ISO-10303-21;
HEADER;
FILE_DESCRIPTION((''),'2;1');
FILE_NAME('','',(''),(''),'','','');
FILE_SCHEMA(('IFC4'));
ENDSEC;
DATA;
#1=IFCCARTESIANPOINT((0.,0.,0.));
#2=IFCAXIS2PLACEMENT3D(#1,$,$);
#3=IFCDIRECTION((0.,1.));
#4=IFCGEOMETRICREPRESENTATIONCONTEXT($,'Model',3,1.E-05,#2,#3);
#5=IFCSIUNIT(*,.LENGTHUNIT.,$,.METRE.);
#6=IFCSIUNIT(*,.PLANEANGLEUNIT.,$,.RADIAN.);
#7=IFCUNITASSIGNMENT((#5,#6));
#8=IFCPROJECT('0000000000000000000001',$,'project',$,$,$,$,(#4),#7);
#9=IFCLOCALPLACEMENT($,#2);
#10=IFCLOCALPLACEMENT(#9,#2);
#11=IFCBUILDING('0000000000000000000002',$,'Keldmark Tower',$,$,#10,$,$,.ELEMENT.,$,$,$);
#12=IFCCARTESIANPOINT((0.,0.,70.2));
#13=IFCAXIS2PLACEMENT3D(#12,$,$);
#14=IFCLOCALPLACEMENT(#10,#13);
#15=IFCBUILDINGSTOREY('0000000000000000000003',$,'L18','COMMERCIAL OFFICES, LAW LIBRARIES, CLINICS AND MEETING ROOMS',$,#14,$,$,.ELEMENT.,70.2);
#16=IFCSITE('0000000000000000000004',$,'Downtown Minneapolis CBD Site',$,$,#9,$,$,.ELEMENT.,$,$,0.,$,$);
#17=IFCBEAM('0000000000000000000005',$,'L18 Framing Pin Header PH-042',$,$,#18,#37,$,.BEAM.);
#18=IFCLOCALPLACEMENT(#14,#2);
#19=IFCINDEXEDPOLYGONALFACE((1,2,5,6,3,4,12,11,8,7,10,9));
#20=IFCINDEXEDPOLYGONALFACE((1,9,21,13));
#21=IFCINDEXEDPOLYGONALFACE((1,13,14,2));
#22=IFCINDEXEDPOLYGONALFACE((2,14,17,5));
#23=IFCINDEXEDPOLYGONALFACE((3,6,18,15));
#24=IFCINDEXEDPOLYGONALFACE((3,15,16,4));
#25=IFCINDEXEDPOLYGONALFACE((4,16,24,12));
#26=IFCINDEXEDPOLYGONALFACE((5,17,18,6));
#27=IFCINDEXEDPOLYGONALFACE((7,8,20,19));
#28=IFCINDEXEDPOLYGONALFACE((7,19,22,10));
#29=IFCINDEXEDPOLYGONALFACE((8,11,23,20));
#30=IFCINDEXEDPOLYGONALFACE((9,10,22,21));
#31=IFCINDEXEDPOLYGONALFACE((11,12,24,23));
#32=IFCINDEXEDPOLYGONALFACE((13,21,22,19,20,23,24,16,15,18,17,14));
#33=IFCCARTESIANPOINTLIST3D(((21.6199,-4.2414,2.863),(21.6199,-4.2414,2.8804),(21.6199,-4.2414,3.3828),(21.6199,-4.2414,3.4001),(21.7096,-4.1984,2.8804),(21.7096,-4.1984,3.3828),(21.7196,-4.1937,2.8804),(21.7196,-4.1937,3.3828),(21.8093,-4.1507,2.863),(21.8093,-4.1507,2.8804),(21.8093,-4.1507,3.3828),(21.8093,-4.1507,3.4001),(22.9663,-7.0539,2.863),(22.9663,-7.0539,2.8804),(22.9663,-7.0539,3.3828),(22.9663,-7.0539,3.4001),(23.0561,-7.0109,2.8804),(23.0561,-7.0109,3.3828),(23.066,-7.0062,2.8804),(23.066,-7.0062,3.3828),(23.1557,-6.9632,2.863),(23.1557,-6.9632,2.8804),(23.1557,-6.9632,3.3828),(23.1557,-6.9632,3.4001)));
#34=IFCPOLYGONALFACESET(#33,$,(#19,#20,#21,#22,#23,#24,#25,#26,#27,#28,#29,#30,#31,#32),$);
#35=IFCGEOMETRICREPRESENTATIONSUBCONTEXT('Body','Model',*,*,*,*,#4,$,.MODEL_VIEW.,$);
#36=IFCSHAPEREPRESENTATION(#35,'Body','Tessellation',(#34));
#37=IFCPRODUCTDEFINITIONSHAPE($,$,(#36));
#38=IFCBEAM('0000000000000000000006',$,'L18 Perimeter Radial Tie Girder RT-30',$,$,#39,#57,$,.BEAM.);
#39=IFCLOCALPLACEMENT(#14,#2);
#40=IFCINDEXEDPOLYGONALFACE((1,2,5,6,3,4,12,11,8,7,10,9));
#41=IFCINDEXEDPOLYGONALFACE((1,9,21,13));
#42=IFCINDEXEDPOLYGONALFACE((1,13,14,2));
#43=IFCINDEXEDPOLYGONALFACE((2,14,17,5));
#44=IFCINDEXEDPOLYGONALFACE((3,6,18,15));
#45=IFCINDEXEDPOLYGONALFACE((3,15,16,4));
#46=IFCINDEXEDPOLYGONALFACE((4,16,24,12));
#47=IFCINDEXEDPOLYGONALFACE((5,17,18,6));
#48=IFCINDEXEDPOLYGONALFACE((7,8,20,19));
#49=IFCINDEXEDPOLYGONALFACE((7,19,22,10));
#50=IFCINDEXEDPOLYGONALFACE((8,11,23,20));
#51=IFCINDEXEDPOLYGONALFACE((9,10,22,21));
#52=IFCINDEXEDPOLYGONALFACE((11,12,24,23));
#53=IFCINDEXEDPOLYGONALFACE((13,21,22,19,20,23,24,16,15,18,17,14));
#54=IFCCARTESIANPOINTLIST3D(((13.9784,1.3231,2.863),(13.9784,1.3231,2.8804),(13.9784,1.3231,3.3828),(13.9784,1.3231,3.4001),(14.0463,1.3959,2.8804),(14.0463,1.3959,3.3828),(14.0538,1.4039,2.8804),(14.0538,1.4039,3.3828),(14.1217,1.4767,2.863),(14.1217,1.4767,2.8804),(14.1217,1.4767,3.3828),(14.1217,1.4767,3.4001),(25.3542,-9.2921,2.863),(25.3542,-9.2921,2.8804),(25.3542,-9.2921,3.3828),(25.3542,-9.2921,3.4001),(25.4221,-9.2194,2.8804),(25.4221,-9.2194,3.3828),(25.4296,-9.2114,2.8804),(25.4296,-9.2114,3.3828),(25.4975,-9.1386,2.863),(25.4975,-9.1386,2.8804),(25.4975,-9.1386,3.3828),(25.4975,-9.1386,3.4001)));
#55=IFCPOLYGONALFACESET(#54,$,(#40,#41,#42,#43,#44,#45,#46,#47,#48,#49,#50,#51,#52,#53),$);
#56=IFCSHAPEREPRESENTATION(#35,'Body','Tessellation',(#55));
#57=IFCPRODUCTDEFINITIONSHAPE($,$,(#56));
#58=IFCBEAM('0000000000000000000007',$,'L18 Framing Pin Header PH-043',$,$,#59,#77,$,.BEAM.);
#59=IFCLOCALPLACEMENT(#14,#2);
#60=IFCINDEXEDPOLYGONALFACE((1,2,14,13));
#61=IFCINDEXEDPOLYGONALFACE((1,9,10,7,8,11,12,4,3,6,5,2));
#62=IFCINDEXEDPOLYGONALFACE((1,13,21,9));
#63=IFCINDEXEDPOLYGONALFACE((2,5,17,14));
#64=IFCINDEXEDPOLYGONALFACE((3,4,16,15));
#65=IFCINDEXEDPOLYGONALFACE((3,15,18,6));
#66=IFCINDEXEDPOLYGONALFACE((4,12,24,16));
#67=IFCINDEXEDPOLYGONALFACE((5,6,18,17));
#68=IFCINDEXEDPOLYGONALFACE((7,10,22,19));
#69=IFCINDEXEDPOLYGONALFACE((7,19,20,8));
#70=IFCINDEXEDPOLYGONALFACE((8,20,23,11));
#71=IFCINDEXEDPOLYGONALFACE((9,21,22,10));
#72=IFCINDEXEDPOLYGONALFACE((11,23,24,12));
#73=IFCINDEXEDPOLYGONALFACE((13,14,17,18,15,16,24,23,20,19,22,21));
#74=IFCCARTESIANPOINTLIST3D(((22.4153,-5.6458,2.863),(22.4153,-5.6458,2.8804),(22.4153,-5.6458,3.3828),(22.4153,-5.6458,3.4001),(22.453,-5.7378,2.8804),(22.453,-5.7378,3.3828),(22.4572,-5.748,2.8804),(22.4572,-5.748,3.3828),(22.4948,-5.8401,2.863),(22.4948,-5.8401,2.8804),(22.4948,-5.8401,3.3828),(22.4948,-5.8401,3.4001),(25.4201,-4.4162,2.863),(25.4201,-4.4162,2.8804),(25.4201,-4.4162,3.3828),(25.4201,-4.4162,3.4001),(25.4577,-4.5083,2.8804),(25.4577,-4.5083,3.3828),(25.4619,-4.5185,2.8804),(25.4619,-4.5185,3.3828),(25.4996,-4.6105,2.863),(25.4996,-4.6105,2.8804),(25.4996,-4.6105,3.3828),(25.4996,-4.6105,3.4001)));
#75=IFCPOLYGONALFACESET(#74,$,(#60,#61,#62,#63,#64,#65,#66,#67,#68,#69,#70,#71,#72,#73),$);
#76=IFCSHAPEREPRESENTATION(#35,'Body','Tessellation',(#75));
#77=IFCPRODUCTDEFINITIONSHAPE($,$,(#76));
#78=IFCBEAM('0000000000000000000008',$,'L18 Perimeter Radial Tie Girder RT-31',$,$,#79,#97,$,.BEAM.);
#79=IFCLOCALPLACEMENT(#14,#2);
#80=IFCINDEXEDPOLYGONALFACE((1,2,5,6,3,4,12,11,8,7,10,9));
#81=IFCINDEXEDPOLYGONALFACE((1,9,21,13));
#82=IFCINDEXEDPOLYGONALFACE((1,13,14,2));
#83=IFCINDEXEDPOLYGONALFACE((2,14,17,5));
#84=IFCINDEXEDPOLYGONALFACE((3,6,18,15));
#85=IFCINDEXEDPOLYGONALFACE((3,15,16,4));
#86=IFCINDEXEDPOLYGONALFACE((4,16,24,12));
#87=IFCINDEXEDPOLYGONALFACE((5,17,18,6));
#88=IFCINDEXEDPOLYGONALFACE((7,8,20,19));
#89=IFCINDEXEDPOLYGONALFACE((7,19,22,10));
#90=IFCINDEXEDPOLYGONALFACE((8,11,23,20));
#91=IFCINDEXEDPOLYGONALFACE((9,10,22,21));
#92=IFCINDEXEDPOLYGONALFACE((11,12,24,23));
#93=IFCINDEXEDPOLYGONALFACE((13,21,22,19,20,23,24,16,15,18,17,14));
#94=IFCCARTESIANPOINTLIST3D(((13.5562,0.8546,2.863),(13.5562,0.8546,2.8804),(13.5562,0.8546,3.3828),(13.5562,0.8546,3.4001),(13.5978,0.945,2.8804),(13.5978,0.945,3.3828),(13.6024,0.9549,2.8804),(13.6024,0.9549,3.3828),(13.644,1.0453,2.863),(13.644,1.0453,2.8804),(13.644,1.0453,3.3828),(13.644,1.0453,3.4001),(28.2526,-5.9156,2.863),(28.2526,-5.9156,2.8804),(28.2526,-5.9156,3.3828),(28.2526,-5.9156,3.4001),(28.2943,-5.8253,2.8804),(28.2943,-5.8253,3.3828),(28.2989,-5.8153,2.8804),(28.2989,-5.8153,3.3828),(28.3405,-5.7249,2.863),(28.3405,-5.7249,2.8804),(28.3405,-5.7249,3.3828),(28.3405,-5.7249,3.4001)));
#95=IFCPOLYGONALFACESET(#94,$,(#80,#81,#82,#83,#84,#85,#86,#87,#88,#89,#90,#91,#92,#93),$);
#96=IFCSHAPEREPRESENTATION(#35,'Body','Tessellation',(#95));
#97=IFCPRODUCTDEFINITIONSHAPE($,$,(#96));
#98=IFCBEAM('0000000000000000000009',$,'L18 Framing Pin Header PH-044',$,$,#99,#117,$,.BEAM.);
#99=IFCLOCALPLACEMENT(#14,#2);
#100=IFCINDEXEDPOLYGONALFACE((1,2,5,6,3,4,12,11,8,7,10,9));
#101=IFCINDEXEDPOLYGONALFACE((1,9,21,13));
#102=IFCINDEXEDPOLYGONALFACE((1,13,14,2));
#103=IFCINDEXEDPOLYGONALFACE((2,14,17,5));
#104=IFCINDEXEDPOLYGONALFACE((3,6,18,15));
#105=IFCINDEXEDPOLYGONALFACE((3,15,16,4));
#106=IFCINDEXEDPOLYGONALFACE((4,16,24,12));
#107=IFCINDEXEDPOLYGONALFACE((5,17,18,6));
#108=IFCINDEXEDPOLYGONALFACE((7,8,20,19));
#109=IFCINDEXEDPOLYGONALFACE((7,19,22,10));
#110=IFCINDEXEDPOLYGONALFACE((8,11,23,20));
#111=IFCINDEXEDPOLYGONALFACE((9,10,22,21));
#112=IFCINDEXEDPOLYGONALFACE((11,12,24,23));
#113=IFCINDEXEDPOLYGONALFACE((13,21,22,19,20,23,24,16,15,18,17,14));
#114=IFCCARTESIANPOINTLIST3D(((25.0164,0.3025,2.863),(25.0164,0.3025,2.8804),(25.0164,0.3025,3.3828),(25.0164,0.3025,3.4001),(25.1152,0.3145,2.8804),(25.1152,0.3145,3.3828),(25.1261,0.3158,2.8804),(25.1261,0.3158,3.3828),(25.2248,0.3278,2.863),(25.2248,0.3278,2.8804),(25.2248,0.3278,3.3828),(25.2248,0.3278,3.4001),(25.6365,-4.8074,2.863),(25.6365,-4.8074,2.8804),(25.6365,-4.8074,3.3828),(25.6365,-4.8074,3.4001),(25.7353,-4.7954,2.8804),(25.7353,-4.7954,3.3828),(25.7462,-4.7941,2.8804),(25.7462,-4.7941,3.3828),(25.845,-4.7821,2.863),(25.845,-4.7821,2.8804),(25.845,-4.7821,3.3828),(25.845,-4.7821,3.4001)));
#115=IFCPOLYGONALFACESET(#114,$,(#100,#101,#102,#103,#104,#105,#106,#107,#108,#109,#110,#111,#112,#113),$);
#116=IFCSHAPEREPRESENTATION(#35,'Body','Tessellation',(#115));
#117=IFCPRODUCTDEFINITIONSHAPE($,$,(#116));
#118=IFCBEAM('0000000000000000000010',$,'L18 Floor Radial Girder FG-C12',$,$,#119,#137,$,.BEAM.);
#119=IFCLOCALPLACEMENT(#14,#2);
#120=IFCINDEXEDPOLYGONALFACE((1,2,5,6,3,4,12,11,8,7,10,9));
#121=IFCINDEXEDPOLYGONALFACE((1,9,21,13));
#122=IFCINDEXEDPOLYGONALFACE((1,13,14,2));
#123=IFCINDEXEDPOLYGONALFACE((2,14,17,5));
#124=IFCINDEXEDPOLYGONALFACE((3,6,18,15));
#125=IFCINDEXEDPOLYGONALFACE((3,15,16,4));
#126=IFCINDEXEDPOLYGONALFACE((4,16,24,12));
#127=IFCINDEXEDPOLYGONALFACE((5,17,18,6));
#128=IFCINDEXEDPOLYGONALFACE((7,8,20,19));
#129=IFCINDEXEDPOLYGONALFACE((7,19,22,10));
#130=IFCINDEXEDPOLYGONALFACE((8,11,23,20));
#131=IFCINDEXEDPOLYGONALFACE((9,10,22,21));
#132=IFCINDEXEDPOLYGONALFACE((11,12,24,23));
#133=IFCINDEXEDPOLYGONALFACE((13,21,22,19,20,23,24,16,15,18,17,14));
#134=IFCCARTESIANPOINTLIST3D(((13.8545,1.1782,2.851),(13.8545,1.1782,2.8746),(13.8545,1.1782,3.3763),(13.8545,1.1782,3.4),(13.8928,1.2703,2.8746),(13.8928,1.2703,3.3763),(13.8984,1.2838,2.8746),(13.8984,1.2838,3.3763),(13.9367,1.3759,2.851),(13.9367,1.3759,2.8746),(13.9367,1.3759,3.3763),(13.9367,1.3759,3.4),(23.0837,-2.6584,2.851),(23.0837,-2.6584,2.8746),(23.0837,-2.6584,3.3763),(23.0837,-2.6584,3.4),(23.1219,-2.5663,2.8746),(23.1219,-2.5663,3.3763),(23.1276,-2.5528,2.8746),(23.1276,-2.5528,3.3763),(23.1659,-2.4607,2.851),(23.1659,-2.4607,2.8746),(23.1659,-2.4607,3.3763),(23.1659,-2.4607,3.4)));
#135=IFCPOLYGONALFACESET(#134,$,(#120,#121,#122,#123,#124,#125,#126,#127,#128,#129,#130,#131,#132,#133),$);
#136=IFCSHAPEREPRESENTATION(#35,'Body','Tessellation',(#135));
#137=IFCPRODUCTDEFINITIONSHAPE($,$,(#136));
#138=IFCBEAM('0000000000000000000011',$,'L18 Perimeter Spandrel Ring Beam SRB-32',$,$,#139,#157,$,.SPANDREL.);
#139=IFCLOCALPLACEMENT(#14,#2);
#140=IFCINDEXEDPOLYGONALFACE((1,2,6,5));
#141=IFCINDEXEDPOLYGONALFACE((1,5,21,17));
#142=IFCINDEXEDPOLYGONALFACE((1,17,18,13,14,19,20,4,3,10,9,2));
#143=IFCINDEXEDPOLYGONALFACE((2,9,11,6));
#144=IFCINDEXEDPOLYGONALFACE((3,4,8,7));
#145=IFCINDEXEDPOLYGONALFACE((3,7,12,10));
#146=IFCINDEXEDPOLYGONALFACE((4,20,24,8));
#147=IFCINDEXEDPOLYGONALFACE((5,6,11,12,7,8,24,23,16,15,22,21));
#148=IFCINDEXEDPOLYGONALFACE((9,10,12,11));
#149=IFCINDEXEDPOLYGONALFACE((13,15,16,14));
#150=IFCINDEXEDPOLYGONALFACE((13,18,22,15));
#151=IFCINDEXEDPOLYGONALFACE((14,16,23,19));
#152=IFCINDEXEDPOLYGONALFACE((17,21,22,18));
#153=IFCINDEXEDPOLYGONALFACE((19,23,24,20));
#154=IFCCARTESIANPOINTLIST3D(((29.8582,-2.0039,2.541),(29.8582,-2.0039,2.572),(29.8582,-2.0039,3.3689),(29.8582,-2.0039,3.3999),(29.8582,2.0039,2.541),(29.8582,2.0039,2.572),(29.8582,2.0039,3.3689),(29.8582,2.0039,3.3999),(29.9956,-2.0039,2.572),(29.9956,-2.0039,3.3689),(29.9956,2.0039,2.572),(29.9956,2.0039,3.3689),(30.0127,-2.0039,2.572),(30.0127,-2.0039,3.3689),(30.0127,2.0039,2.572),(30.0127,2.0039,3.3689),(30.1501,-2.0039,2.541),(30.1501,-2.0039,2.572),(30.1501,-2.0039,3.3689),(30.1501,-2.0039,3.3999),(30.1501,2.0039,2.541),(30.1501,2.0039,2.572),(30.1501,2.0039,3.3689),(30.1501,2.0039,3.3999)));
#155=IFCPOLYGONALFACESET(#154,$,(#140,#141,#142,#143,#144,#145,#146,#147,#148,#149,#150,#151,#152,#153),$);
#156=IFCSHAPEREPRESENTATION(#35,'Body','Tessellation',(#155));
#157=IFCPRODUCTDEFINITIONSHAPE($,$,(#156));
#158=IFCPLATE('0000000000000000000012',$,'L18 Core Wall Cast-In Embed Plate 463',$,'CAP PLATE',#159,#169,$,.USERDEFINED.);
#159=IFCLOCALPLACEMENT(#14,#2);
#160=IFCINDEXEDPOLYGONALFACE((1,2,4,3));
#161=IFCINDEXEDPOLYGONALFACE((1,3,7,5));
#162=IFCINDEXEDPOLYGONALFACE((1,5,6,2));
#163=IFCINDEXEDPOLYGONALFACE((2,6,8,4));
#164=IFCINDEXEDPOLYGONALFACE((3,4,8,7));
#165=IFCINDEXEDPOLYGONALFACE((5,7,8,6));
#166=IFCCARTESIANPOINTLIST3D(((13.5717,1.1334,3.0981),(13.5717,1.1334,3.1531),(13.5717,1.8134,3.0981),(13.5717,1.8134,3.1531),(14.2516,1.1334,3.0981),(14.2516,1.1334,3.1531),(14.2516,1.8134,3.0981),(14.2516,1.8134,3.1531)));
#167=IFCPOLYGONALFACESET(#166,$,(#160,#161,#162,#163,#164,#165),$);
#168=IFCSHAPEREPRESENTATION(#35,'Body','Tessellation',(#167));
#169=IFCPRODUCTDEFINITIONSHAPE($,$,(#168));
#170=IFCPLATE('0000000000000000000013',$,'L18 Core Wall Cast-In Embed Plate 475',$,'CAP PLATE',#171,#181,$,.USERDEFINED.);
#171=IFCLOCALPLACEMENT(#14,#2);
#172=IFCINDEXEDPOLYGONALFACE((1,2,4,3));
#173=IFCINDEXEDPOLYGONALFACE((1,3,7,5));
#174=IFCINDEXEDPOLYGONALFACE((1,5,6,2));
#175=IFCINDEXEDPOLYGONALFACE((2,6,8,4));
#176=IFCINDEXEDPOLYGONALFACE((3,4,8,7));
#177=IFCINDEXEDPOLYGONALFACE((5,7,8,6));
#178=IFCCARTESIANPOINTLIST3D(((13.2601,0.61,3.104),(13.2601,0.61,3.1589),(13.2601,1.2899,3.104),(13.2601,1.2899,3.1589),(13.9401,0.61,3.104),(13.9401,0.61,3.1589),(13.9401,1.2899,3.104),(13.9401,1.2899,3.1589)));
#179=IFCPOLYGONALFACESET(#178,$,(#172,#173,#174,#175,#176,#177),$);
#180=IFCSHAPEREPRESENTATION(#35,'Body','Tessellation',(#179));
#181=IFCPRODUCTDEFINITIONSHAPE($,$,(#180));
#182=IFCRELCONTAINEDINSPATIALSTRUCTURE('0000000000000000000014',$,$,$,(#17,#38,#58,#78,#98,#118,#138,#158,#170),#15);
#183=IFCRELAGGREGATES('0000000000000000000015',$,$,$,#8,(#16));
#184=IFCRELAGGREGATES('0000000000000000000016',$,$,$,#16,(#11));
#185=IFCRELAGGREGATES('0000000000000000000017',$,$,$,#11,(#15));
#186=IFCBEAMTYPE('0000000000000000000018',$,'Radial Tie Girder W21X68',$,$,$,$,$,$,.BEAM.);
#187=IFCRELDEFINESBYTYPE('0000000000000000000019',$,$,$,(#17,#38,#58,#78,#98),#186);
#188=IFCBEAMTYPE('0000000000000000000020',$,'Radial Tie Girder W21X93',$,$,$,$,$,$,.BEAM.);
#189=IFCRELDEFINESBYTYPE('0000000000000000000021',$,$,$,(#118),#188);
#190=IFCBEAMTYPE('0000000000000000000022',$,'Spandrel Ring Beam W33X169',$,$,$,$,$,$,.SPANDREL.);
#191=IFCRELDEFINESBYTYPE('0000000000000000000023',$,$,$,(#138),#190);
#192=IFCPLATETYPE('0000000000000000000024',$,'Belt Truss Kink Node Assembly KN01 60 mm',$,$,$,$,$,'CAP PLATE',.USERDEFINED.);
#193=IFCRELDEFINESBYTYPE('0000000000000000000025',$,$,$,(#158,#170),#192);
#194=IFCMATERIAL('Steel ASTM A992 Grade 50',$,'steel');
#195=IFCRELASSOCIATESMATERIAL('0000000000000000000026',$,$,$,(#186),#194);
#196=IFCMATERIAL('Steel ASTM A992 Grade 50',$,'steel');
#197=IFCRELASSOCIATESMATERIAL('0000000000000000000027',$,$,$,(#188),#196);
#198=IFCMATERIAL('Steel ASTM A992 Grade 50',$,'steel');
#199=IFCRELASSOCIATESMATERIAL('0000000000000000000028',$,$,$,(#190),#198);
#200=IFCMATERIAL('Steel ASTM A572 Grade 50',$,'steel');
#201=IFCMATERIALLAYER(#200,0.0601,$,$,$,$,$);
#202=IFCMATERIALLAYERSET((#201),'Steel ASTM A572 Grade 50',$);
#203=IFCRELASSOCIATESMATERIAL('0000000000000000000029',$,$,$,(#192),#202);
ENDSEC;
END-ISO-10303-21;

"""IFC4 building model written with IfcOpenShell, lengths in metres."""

from ifc_helpers import new_model, si_unit, direction, frame, origin, origin_2d, place, context, subcontext, project, spatial, rectangle, i_section, extrude, material, layer, layer_set, material_profile, profile_set, type_object, element, save


model = new_model("IFC4")

# Units and contexts
model_context = context("Model", 3, precision=1e-05, world=origin(), true_north=direction((0.0, 1.0)))
body_context = subcontext(model_context, "Body", "Model", "MODEL_VIEW")
ifc_project = project(units=[si_unit("LENGTHUNIT", "METRE"), si_unit("PLANEANGLEUNIT", "RADIAN")], contexts=[model_context])

# Site, building, storey
site_placement = place(None, origin())
site = spatial("IfcSite", under=ifc_project, at=site_placement, Name="Downtown Minneapolis CBD Site", CompositionType="ELEMENT", RefElevation=0.0)
building_placement = place(site_placement, origin())
building = spatial("IfcBuilding", under=site, at=building_placement, Name="Keldmark Tower", CompositionType="ELEMENT")
storey_placement = place(building_placement, frame((0.0, 0.0, 70.2)))
storey = spatial("IfcBuildingStorey", under=building, at=storey_placement, Name="L18", Description="COMMERCIAL OFFICES, LAW LIBRARIES, CLINICS AND MEETING ROOMS", CompositionType="ELEMENT", Elevation=70.2)

# Beams
ifc_material_1 = material(Name="Steel ASTM A992 Grade 50", Category="steel")
ifc_material_profile_1 = material_profile(ifc_material_1, i_section(OverallWidth=0.21, OverallDepth=0.5371, WebThickness=0.011, FlangeThickness=0.0173, at=origin_2d()), Name="W21X68")
ifc_profile_set_1 = profile_set([ifc_material_profile_1], Name="Steel ASTM A992 Grade 50")
beam_type_1 = type_object("IfcBeamType", Name="Radial Tie Girder W21X68", PredefinedType="BEAM", material=ifc_profile_set_1)
beam_1_placement = place(storey_placement, frame((21.7146, -4.196, 3.1316), z_axis=(0.431802, -0.901969, 0.0), x_axis=(0.901969, 0.431802, 0.0)))
element("IfcBeam", 1, at=beam_1_placement, inside=storey, type_object=beam_type_1, Name="L18 Framing Pin Header PH-042", PredefinedType="BEAM", context=body_context, shape_type="SweptSolid", body=[
    extrude(i_section(OverallWidth=0.21, OverallDepth=0.5371, WebThickness=0.011, FlangeThickness=0.0173, at=origin_2d()), origin(), (0.0, 0.0, 1.0), 3.1182),
])
beam_2_placement = place(storey_placement, frame((14.05, 1.3999, 3.1316), z_axis=(0.731123, -0.682246, 0.0), x_axis=(0.682246, 0.731123, 0.0)))
element("IfcBeam", 2, at=beam_2_placement, inside=storey, type_object=beam_type_1, Name="L18 Perimeter Radial Tie Girder RT-30", PredefinedType="BEAM", context=body_context, shape_type="SweptSolid", body=[
    extrude(i_section(OverallWidth=0.21, OverallDepth=0.5371, WebThickness=0.011, FlangeThickness=0.0173, at=origin_2d()), origin(), (0.0, 0.0, 1.0), 15.5593),
])
beam_3_placement = place(storey_placement, frame((22.4551, -5.7429, 3.1316), z_axis=(0.925512, 0.378718, 0.0), x_axis=(-0.378718, 0.925512, 0.0)))
element("IfcBeam", 3, at=beam_3_placement, inside=storey, type_object=beam_type_1, Name="L18 Framing Pin Header PH-043", PredefinedType="BEAM", context=body_context, shape_type="SweptSolid", body=[
    extrude(i_section(OverallWidth=0.21, OverallDepth=0.5371, WebThickness=0.011, FlangeThickness=0.0173, at=origin_2d()), origin(), (0.0, 0.0, 1.0), 3.2466),
])
beam_4_placement = place(storey_placement, frame((13.6001, 0.95, 3.1316), z_axis=(0.908259, -0.418408, 0.0), x_axis=(0.418408, 0.908259, 0.0)))
element("IfcBeam", 4, at=beam_4_placement, inside=storey, type_object=beam_type_1, Name="L18 Perimeter Radial Tie Girder RT-31", PredefinedType="BEAM", context=body_context, shape_type="SweptSolid", body=[
    extrude(i_section(OverallWidth=0.21, OverallDepth=0.5371, WebThickness=0.011, FlangeThickness=0.0173, at=origin_2d()), origin(), (0.0, 0.0, 1.0), 16.1809),
])
beam_5_placement = place(storey_placement, frame((25.1206, 0.3152, 3.1316), z_axis=(0.120473, -0.992717, 0.0), x_axis=(0.992717, 0.120473, 0.0)))
element("IfcBeam", 5, at=beam_5_placement, inside=storey, type_object=beam_type_1, Name="L18 Framing Pin Header PH-044", PredefinedType="BEAM", context=body_context, shape_type="SweptSolid", body=[
    extrude(i_section(OverallWidth=0.21, OverallDepth=0.5371, WebThickness=0.011, FlangeThickness=0.0173, at=origin_2d()), origin(), (0.0, 0.0, 1.0), 5.1475),
])
ifc_material_2 = material(Name="Steel ASTM A992 Grade 50", Category="steel")
ifc_material_profile_2 = material_profile(ifc_material_2, i_section(OverallWidth=0.2141, OverallDepth=0.5491, WebThickness=0.0146, FlangeThickness=0.0237, at=origin_2d()), Name="W21X93")
ifc_profile_set_2 = profile_set([ifc_material_profile_2], Name="Steel ASTM A992 Grade 50")
beam_type_2 = type_object("IfcBeamType", Name="Radial Tie Girder W21X93", PredefinedType="BEAM", material=ifc_profile_set_2)
beam_6_placement = place(storey_placement, frame((23.1248, -2.5596, 3.1255), z_axis=(-0.923391, 0.383861, 0.0), x_axis=(-0.383861, -0.923391, 0.0)))
element("IfcBeam", 6, at=beam_6_placement, inside=storey, type_object=beam_type_2, Name="L18 Floor Radial Girder FG-C12", PredefinedType="BEAM", context=body_context, shape_type="SweptSolid", body=[
    extrude(i_section(OverallWidth=0.2141, OverallDepth=0.5491, WebThickness=0.0146, FlangeThickness=0.0237, at=origin_2d()), origin(), (0.0, 0.0, 1.0), 9.9949),
])
ifc_material_3 = material(Name="Steel ASTM A992 Grade 50", Category="steel")
ifc_material_profile_3 = material_profile(ifc_material_3, i_section(OverallWidth=0.292, OverallDepth=0.8589, WebThickness=0.0171, FlangeThickness=0.031, at=origin_2d()), Name="W33X169")
ifc_profile_set_3 = profile_set([ifc_material_profile_3], Name="Steel ASTM A992 Grade 50")
beam_type_3 = type_object("IfcBeamType", Name="Spandrel Ring Beam W33X169", PredefinedType="SPANDREL", material=ifc_profile_set_3)
beam_7_placement = place(storey_placement, frame((30.0042, -2.0039, 2.9705), z_axis=(0.0, 1.0, 0.0), x_axis=(-1.0, 0.0, 0.0)))
element("IfcBeam", 7, at=beam_7_placement, inside=storey, type_object=beam_type_3, Name="L18 Perimeter Spandrel Ring Beam SRB-32", PredefinedType="SPANDREL", context=body_context, shape_type="SweptSolid", body=[
    extrude(i_section(OverallWidth=0.292, OverallDepth=0.8589, WebThickness=0.0171, FlangeThickness=0.031, at=origin_2d()), origin(), (0.0, 0.0, 1.0), 4.0078),
])

# Plates
ifc_material_4 = material(Name="Steel ASTM A572 Grade 50", Category="steel")
ifc_layer_1 = layer(ifc_material_4, 0.0601)
ifc_layer_set_1 = layer_set([ifc_layer_1], Name="Steel ASTM A572 Grade 50")
plate_type_1 = type_object("IfcPlateType", Name="Belt Truss Kink Node Assembly KN01 60 mm", ElementType="CAP PLATE", PredefinedType="USERDEFINED", material=ifc_layer_set_1)
for number, where, z_axis, x_axis, name in (
    (8, (13.9116, 1.4734, 3.0981), (0.0, 0.0, 1.0), (1.0, 0.0, 0.0), "L18 Core Wall Cast-In Embed Plate 463"),
    (9, (13.6001, 0.95, 3.104), (0.0, 0.0, 1.0), (1.0, 0.0, 0.0), "L18 Core Wall Cast-In Embed Plate 475"),
):
    element("IfcPlate", number, at=place(storey_placement, frame(where, z_axis=z_axis, x_axis=x_axis)), inside=storey, type_object=plate_type_1, Name=name, ObjectType="CAP PLATE", PredefinedType="USERDEFINED", context=body_context, shape_type="SweptSolid", body=[
        extrude(rectangle(XDim=0.6799, YDim=0.6799, at=origin_2d()), origin(), (0.0, 0.0, 1.0), 0.0549),
    ])

save(model, "model.ifc")
